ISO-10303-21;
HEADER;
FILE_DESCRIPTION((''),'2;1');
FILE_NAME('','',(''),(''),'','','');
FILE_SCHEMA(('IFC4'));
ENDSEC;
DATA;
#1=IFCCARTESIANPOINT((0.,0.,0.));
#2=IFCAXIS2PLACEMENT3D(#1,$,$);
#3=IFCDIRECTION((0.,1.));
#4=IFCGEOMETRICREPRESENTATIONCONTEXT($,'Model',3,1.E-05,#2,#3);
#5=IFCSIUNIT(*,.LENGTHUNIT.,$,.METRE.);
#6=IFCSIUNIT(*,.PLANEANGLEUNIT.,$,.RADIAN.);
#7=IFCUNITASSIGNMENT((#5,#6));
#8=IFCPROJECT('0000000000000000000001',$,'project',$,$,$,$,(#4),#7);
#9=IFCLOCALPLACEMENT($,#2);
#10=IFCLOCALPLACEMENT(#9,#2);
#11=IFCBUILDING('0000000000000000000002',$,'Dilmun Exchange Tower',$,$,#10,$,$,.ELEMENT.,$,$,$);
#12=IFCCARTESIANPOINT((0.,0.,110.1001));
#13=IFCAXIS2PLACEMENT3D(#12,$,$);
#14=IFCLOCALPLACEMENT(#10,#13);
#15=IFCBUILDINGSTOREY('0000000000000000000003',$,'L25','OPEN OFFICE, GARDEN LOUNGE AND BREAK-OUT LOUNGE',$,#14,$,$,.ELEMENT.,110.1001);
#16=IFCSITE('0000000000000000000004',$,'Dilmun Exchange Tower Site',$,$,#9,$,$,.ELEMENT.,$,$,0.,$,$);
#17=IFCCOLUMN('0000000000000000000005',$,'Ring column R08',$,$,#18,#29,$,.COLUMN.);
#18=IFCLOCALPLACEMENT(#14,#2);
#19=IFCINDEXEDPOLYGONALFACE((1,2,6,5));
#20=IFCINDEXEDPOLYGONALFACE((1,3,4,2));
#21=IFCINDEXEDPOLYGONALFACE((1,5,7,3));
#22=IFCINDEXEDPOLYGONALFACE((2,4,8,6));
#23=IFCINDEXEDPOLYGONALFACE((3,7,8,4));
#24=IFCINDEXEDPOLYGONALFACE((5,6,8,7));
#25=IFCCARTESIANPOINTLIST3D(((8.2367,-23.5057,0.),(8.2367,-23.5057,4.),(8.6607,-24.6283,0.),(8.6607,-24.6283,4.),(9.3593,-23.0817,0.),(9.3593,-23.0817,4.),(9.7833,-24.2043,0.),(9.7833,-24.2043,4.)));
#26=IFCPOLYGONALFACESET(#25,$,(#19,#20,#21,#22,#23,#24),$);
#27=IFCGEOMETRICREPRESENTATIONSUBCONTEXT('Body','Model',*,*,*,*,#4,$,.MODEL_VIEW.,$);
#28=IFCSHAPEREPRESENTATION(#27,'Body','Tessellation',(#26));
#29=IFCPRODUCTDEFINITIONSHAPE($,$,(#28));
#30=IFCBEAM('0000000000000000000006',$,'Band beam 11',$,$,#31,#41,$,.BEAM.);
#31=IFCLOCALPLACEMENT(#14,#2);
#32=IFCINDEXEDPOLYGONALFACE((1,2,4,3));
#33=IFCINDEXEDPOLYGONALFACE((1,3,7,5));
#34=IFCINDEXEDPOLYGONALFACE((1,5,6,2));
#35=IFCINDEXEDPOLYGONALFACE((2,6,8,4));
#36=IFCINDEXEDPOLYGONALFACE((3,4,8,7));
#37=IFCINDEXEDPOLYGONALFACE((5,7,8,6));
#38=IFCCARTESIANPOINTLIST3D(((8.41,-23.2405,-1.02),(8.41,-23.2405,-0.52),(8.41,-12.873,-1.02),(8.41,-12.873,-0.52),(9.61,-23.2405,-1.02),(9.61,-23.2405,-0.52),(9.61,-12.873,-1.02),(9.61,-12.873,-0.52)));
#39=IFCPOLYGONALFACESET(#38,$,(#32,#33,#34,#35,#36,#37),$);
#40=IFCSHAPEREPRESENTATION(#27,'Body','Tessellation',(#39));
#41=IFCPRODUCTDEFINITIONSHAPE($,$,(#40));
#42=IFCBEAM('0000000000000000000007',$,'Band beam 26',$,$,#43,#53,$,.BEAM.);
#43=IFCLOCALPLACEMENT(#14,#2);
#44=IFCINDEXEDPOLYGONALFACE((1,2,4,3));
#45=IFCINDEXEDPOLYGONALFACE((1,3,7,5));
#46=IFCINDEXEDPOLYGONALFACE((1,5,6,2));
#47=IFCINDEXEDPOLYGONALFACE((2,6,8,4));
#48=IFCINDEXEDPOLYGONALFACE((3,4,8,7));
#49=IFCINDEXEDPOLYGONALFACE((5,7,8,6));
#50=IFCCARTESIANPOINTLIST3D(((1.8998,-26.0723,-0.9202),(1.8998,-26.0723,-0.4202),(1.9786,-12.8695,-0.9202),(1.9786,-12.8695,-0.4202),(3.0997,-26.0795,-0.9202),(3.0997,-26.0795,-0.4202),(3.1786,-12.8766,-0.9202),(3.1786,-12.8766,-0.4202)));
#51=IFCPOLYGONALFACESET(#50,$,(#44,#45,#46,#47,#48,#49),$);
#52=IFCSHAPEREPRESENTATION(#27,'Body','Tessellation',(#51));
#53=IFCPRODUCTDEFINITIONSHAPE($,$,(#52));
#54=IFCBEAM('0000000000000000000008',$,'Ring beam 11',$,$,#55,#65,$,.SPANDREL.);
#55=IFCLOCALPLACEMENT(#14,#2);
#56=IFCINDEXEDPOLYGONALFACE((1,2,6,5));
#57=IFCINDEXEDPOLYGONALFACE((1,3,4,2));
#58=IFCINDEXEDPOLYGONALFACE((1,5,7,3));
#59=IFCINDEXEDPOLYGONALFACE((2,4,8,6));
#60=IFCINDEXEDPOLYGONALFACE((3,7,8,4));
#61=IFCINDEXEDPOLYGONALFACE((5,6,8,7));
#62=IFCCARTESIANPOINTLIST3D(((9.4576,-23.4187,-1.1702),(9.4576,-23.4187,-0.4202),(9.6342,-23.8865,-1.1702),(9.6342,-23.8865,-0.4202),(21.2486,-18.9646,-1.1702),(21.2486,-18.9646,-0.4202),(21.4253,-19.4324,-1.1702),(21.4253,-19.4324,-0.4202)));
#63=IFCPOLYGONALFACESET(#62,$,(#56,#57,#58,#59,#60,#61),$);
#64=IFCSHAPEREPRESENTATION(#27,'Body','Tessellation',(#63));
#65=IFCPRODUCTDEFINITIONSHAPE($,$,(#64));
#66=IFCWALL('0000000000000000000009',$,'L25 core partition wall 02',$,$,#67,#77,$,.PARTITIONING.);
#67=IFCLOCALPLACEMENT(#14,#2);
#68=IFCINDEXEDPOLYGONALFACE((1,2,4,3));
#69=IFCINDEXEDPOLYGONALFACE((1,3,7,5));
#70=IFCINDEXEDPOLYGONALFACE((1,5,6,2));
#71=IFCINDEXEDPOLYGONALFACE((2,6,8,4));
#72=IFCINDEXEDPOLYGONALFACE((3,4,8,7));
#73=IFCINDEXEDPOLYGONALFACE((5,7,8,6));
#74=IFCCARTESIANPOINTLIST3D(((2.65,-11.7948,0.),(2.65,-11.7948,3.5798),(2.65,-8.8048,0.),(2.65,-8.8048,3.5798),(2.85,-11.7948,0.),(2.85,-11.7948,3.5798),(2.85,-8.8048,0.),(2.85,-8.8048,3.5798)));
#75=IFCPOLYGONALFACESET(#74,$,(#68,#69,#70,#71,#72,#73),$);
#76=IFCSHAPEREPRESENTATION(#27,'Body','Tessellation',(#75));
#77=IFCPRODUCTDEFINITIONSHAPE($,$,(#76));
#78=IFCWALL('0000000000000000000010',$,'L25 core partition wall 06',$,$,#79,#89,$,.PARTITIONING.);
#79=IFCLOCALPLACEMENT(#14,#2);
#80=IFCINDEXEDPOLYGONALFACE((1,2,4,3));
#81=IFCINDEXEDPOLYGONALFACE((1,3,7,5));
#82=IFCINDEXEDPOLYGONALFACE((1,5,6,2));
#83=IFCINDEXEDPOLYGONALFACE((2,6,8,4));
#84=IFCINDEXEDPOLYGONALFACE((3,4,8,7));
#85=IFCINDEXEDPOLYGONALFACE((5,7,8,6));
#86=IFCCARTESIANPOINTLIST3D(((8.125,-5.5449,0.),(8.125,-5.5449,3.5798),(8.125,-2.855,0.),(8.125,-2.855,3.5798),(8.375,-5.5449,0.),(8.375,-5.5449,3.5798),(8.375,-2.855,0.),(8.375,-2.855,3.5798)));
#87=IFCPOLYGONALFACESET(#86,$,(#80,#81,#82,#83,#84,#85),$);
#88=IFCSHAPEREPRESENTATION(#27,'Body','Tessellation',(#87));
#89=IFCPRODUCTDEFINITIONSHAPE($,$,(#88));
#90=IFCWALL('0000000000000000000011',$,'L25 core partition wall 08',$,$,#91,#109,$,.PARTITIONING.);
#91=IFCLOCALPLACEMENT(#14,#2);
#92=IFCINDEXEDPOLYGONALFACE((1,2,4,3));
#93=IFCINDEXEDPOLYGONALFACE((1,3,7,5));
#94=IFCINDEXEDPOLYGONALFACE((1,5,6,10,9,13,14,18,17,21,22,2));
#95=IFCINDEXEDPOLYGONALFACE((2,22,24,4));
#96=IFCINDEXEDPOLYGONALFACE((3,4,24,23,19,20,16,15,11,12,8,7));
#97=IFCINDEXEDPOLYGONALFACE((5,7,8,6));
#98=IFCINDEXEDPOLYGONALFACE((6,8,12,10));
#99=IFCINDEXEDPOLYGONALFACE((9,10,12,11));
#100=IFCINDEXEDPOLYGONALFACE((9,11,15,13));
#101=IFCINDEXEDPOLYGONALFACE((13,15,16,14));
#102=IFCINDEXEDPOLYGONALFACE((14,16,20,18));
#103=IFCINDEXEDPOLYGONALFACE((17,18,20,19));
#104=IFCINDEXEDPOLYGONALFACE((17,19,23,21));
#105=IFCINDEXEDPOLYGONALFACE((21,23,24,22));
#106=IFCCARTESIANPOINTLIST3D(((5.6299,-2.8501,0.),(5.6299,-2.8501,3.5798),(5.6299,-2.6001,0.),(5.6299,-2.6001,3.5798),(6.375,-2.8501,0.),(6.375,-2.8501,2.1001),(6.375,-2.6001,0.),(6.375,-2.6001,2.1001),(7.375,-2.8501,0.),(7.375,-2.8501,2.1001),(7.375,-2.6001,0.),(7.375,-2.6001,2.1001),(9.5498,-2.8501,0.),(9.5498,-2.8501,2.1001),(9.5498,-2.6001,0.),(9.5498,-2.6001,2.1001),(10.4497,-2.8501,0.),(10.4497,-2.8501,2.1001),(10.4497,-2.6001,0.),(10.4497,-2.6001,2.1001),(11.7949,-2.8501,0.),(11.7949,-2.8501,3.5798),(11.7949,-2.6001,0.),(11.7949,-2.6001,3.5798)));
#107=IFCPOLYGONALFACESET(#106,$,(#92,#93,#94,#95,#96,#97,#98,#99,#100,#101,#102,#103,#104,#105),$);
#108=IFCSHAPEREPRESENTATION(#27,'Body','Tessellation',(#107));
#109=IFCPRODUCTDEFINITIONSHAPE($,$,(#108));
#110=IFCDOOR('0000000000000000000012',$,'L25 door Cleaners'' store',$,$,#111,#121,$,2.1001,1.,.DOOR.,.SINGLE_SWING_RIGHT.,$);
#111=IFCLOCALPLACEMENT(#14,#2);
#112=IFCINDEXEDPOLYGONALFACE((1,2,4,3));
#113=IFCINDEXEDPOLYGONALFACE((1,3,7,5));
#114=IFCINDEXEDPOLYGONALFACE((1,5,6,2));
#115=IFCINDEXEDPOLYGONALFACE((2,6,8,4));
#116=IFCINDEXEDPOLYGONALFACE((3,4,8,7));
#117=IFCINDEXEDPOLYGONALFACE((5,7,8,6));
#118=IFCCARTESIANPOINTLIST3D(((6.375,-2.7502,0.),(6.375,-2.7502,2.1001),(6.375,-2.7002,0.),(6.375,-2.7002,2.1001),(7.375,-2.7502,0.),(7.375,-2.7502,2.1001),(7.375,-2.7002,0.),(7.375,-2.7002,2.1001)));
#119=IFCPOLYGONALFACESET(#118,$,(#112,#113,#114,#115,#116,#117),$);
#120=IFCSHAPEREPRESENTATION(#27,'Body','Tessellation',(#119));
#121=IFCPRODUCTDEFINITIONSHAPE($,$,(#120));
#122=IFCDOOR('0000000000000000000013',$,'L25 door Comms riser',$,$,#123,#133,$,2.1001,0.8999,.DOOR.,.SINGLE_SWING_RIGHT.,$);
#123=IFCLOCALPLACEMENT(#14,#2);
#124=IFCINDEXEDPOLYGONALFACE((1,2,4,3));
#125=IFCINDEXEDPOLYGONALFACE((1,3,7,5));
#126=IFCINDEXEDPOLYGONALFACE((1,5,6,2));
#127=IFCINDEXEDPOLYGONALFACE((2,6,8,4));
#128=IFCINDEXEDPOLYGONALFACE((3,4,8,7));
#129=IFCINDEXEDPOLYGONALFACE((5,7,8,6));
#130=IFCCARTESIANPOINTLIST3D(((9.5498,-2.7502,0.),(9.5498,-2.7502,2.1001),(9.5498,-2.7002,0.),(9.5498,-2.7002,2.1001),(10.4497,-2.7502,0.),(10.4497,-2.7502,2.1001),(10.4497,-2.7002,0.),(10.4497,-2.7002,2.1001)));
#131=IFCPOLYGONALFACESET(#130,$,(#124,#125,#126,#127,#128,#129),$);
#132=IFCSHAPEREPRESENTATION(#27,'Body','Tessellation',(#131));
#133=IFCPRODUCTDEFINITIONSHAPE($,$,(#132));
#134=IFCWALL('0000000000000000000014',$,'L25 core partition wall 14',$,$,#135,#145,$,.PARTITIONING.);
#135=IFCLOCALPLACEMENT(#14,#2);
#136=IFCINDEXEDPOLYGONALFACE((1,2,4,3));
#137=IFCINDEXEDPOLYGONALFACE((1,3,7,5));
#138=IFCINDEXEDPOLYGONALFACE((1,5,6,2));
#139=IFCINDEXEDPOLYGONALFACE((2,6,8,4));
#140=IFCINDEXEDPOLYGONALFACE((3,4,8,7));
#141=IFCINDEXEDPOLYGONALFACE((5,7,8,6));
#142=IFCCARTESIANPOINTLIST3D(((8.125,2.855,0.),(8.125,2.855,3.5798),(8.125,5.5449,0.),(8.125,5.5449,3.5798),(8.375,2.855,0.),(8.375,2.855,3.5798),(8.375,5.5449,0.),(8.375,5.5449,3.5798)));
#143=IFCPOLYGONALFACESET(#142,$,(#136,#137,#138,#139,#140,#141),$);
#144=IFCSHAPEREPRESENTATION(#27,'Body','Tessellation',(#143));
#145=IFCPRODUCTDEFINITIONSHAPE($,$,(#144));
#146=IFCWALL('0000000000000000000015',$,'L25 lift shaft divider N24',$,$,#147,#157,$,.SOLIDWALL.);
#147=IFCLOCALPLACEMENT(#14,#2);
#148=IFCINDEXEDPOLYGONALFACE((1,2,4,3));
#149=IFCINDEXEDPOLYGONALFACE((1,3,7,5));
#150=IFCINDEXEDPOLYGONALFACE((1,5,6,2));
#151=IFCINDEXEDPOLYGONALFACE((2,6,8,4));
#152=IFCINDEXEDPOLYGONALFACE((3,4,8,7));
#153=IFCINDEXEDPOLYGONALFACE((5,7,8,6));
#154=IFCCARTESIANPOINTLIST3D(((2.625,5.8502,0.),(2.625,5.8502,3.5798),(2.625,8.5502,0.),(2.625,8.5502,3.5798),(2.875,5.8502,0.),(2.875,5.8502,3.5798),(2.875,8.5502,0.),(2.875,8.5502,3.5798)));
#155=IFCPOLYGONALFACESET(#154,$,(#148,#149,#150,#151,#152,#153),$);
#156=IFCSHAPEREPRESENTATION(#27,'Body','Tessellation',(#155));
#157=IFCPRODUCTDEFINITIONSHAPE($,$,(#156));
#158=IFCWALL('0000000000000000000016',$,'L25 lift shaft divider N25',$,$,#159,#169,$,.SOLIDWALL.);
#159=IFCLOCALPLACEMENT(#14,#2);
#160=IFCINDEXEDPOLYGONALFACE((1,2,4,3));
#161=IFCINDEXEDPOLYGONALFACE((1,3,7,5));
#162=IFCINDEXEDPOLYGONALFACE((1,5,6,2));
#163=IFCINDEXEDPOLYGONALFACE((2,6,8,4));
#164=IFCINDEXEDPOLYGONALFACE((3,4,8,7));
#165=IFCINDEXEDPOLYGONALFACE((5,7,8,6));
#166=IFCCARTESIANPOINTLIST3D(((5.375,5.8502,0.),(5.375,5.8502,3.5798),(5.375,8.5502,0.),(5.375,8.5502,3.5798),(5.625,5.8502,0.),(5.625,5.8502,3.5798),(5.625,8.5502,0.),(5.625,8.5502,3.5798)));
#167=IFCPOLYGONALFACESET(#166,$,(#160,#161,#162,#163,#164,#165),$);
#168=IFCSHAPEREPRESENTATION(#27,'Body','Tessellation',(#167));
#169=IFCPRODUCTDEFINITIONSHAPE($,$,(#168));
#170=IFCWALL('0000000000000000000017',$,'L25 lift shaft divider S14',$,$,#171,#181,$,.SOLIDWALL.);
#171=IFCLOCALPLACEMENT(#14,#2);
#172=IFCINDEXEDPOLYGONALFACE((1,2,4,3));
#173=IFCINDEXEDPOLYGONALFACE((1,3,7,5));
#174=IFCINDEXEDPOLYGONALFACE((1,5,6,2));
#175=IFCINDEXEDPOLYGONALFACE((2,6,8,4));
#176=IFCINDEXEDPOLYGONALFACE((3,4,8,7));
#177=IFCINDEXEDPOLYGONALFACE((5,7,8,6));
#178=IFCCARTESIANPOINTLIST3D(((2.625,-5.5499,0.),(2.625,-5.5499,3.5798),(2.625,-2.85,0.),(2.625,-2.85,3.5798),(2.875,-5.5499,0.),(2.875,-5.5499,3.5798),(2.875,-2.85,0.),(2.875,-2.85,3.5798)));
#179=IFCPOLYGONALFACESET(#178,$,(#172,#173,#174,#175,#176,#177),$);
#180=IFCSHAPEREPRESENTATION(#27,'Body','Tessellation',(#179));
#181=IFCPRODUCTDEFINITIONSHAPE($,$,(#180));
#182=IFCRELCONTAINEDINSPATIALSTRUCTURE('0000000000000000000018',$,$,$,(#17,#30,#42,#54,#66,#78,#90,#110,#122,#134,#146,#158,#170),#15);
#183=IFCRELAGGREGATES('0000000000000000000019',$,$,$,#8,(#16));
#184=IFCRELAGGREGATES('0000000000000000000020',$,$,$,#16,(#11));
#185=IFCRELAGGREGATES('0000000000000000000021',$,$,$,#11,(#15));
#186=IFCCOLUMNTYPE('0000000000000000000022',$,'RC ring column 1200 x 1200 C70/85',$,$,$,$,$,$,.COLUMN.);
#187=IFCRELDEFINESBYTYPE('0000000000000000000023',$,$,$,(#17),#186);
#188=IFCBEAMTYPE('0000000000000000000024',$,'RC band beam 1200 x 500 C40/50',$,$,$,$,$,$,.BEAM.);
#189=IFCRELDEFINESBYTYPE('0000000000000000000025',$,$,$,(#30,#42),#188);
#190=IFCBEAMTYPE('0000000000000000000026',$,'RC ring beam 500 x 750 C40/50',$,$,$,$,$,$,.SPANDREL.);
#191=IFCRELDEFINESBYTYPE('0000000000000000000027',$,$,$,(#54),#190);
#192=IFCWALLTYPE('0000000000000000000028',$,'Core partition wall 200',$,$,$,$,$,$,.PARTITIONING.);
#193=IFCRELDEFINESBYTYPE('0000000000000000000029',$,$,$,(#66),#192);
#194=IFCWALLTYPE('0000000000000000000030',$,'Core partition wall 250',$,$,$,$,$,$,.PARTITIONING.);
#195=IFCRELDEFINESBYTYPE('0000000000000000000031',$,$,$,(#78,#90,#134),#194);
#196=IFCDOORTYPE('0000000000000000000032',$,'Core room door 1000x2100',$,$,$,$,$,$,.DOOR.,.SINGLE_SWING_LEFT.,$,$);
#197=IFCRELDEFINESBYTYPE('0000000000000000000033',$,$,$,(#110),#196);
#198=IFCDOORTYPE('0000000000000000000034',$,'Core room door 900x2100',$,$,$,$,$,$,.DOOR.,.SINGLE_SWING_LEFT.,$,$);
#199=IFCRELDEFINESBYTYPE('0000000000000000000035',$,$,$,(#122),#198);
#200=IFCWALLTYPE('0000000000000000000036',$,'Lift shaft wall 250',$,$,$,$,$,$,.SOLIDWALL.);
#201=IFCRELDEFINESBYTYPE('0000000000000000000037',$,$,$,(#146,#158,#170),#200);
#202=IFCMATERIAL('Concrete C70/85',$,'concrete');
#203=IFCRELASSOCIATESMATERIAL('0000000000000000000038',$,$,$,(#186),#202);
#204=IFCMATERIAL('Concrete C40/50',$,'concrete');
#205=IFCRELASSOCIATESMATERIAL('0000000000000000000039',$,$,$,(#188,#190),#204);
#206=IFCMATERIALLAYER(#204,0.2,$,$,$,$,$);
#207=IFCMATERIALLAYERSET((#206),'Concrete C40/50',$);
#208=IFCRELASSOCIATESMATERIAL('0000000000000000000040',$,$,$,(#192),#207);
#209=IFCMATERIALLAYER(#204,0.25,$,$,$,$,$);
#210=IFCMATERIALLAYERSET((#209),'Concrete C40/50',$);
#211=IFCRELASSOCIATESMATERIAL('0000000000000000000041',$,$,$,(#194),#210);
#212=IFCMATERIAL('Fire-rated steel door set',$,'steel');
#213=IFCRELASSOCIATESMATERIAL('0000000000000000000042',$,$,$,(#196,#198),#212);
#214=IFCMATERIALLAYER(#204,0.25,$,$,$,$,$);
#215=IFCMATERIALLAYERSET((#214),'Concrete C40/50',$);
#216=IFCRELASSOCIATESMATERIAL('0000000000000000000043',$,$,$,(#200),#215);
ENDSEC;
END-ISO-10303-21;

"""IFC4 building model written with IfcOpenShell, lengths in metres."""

from ifc_helpers import new_model, si_unit, direction, frame, frame_2d, origin, origin_2d, place, context, subcontext, project, spatial, rectangle, extrude, material, layer, layer_set, material_profile, profile_set, type_object, element, fill, save


model = new_model("IFC4")

# Units and contexts
model_context = context("Model", 3, precision=1e-05, world=origin(), true_north=direction((0.0, 1.0)))
body_context = subcontext(model_context, "Body", "Model", "MODEL_VIEW")
ifc_project = project(units=[si_unit("LENGTHUNIT", "METRE"), si_unit("PLANEANGLEUNIT", "RADIAN")], contexts=[model_context])

# Site, building, storey
site_placement = place(None, origin())
site = spatial("IfcSite", under=ifc_project, at=site_placement, Name="Dilmun Exchange Tower Site", CompositionType="ELEMENT", RefElevation=0.0)
building_placement = place(site_placement, origin())
building = spatial("IfcBuilding", under=site, at=building_placement, Name="Dilmun Exchange Tower", CompositionType="ELEMENT")
storey_placement = place(building_placement, frame((0.0, 0.0, 110.1001)))
storey = spatial("IfcBuildingStorey", under=building, at=storey_placement, Name="L25", Description="OPEN OFFICE, GARDEN LOUNGE AND BREAK-OUT LOUNGE", CompositionType="ELEMENT", Elevation=110.1001)

# Column
ifc_material_1 = material(Name="Concrete C70/85", Category="concrete")
ifc_material_profile_1 = material_profile(ifc_material_1, rectangle(XDim=1.2, YDim=1.2, at=origin_2d()), Name="1200 x 1200")
ifc_profile_set_1 = profile_set([ifc_material_profile_1], Name="Concrete C70/85")
column_type = type_object("IfcColumnType", Name="RC ring column 1200 x 1200 C70/85", PredefinedType="COLUMN", material=ifc_profile_set_1)
column_placement = place(storey_placement, frame((9.01, -23.855, 0.0), z_axis=(0.0, 0.0, 1.0), x_axis=(0.935492, 0.353349, 0.0)))
element("IfcColumn", 1, at=column_placement, inside=storey, type_object=column_type, Name="Ring column R08", PredefinedType="COLUMN", context=body_context, shape_type="SweptSolid", body=[
    extrude(rectangle(XDim=1.2, YDim=1.2, at=origin_2d()), origin(), (0.0, 0.0, 1.0), 4.0),
])

# Beams
ifc_material_2 = material(Name="Concrete C40/50", Category="concrete")
ifc_material_profile_2 = material_profile(ifc_material_2, rectangle(XDim=1.2, YDim=0.5, at=origin_2d()), Name="1200 x 500")
ifc_profile_set_2 = profile_set([ifc_material_profile_2], Name="Concrete C40/50")
beam_type_1 = type_object("IfcBeamType", Name="RC band beam 1200 x 500 C40/50", PredefinedType="BEAM", material=ifc_profile_set_2)
beam_1_placement = place(storey_placement, frame((9.01, -23.2405, -0.77), z_axis=(0.0, 1.0, 0.0), x_axis=(-1.0, 0.0, 0.0)))
element("IfcBeam", 2, at=beam_1_placement, inside=storey, type_object=beam_type_1, Name="Band beam 11", PredefinedType="BEAM", context=body_context, shape_type="SweptSolid", body=[
    extrude(rectangle(XDim=1.2, YDim=0.5, at=origin_2d()), origin(), (0.0, 0.0, 1.0), 10.3674),
])
beam_2_placement = place(storey_placement, frame((2.4998, -26.0759, -0.6702), z_axis=(0.005973, 0.999982, 0.0), x_axis=(-0.999982, 0.005973, 0.0)))
element("IfcBeam", 3, at=beam_2_placement, inside=storey, type_object=beam_type_1, Name="Band beam 26", PredefinedType="BEAM", context=body_context, shape_type="SweptSolid", body=[
    extrude(rectangle(XDim=1.2, YDim=0.5, at=origin_2d()), origin(), (0.0, 0.0, 1.0), 13.2031),
])
ifc_material_profile_3 = material_profile(ifc_material_2, rectangle(XDim=0.5, YDim=0.75, at=origin_2d()), Name="500 x 750")
ifc_profile_set_3 = profile_set([ifc_material_profile_3], Name="Concrete C40/50")
beam_type_2 = type_object("IfcBeamType", Name="RC ring beam 500 x 750 C40/50", PredefinedType="SPANDREL", material=ifc_profile_set_3)
beam_3_placement = place(storey_placement, frame((9.5459, -23.6526, -0.7952), z_axis=(0.935479, 0.353381, 0.0), x_axis=(-0.353381, 0.935479, 0.0)))
element("IfcBeam", 4, at=beam_3_placement, inside=storey, type_object=beam_type_2, Name="Ring beam 11", PredefinedType="SPANDREL", context=body_context, shape_type="SweptSolid", body=[
    extrude(rectangle(XDim=0.5, YDim=0.75, at=origin_2d()), origin(), (0.0, 0.0, 1.0), 12.6042),
])

# Wall
ifc_layer_1 = layer(ifc_material_2, 0.2)
ifc_layer_set_1 = layer_set([ifc_layer_1], Name="Concrete C40/50")
wall_type_1 = type_object("IfcWallType", Name="Core partition wall 200", PredefinedType="PARTITIONING", material=ifc_layer_set_1)
wall_1_placement = place(storey_placement, frame((2.75, -11.7949, 0.0), z_axis=(0.0, 0.0, 1.0), x_axis=(0.0, 1.0, 0.0)))
element("IfcWall", 5, at=wall_1_placement, inside=storey, type_object=wall_type_1, Name="L25 core partition wall 02", PredefinedType="PARTITIONING", context=body_context, shape_type="SweptSolid", body=[
    extrude(rectangle(XDim=2.99, YDim=0.2, at=frame_2d((1.4951, 0.0))), origin(), (0.0, 0.0, 1.0), 3.5798),
])

# Shared definitions
ifc_material_3 = material(Name="Fire-rated steel door set", Category="steel")

# Wall
ifc_layer_2 = layer(ifc_material_2, 0.25)
ifc_layer_set_2 = layer_set([ifc_layer_2], Name="Concrete C40/50")
wall_type_2 = type_object("IfcWallType", Name="Core partition wall 250", PredefinedType="PARTITIONING", material=ifc_layer_set_2)
wall_2_placement = place(storey_placement, frame((8.25, -5.5449, 0.0), z_axis=(0.0, 0.0, 1.0), x_axis=(0.0, 1.0, 0.0)))
element("IfcWall", 6, at=wall_2_placement, inside=storey, type_object=wall_type_2, Name="L25 core partition wall 06", PredefinedType="PARTITIONING", context=body_context, shape_type="SweptSolid", body=[
    extrude(rectangle(XDim=2.6899, YDim=0.25, at=frame_2d((1.345, 0.0))), origin(), (0.0, 0.0, 1.0), 3.5798),
])

# Wall, openings, doors
wall_3_placement = place(storey_placement, frame((5.6299, -2.7251, 0.0), z_axis=(0.0, 0.0, 1.0), x_axis=(1.0, 0.0, 0.0)))
wall_3 = element("IfcWall", 7, at=wall_3_placement, inside=storey, type_object=wall_type_2, Name="L25 core partition wall 08", PredefinedType="PARTITIONING", context=body_context, shape_type="SweptSolid", body=[
    extrude(rectangle(XDim=6.165, YDim=0.25, at=frame_2d((3.0825, 0.0))), origin(), (0.0, 0.0, 1.0), 3.5798),
])
opening_1_placement = place(wall_3_placement, frame((0.7451, 0.0, 0.0)))
opening_1 = element("IfcOpeningElement", 8, at=opening_1_placement, cuts=wall_3, PredefinedType="OPENING", context=body_context, shape_type="SweptSolid", body=[
    extrude(rectangle(XDim=1.0, YDim=2.1001, at=frame_2d((0.5, 1.05))), frame((0.0, 0.135, 0.0), z_axis=(0.0, -1.0, 0.0), x_axis=(1.0, 0.0, 0.0)), (0.0, 0.0, 1.0), 0.27),
])
opening_2_placement = place(wall_3_placement, frame((3.9199, 0.0, 0.0)))
opening_2 = element("IfcOpeningElement", 9, at=opening_2_placement, cuts=wall_3, PredefinedType="OPENING", context=body_context, shape_type="SweptSolid", body=[
    extrude(rectangle(XDim=0.8999, YDim=2.1001, at=frame_2d((0.45, 1.05))), frame((0.0, 0.135, 0.0), z_axis=(0.0, -1.0, 0.0), x_axis=(1.0, 0.0, 0.0)), (0.0, 0.0, 1.0), 0.27),
])
door_type_1 = type_object("IfcDoorType", Name="Core room door 1000x2100", OperationType="SINGLE_SWING_LEFT", PredefinedType="DOOR", material=ifc_material_3)
door_1_placement = place(opening_1_placement, origin())
door_1 = element("IfcDoor", 10, at=door_1_placement, inside=storey, type_object=door_type_1, Name="L25 door Cleaners' store", OperationType="SINGLE_SWING_RIGHT", OverallHeight=2.1001, OverallWidth=1.0, PredefinedType="DOOR", context=body_context, shape_type="SweptSolid", body=[
    extrude(rectangle(XDim=1.0, YDim=2.1001, at=frame_2d((0.5, 1.05))), frame((0.0, 0.0249, 0.0), z_axis=(0.0, -1.0, 0.0), x_axis=(1.0, 0.0, 0.0)), (0.0, 0.0, 1.0), 0.05),
])
fill(opening_1, door_1)
door_type_2 = type_object("IfcDoorType", Name="Core room door 900x2100", OperationType="SINGLE_SWING_LEFT", PredefinedType="DOOR", material=ifc_material_3)
door_2_placement = place(opening_2_placement, origin())
door_2 = element("IfcDoor", 11, at=door_2_placement, inside=storey, type_object=door_type_2, Name="L25 door Comms riser", OperationType="SINGLE_SWING_RIGHT", OverallHeight=2.1001, OverallWidth=0.8999, PredefinedType="DOOR", context=body_context, shape_type="SweptSolid", body=[
    extrude(rectangle(XDim=0.8999, YDim=2.1001, at=frame_2d((0.45, 1.05))), frame((0.0, 0.0249, 0.0), z_axis=(0.0, -1.0, 0.0), x_axis=(1.0, 0.0, 0.0)), (0.0, 0.0, 1.0), 0.05),
])
fill(opening_2, door_2)

# Walls
wall_4_placement = place(storey_placement, frame((8.25, 2.855, 0.0), z_axis=(0.0, 0.0, 1.0), x_axis=(0.0, 1.0, 0.0)))
element("IfcWall", 12, at=wall_4_placement, inside=storey, type_object=wall_type_2, Name="L25 core partition wall 14", PredefinedType="PARTITIONING", context=body_context, shape_type="SweptSolid", body=[
    extrude(rectangle(XDim=2.6899, YDim=0.25, at=frame_2d((1.345, 0.0))), origin(), (0.0, 0.0, 1.0), 3.5798),
])
ifc_layer_3 = layer(ifc_material_2, 0.25)
ifc_layer_set_3 = layer_set([ifc_layer_3], Name="Concrete C40/50")
wall_type_3 = type_object("IfcWallType", Name="Lift shaft wall 250", PredefinedType="SOLIDWALL", material=ifc_layer_set_3)
for number, where, z_axis, x_axis, name in (
    (13, (2.75, 5.8501, 0.0), (0.0, 0.0, 1.0), (0.0, 1.0, 0.0), "L25 lift shaft divider N24"),
    (14, (5.5, 5.8501, 0.0), (0.0, 0.0, 1.0), (0.0, 1.0, 0.0), "L25 lift shaft divider N25"),
    (15, (2.75, -5.55, 0.0), (0.0, 0.0, 1.0), (0.0, 1.0, 0.0), "L25 lift shaft divider S14"),
):
    element("IfcWall", number, at=place(storey_placement, frame(where, z_axis=z_axis, x_axis=x_axis)), inside=storey, type_object=wall_type_3, Name=name, PredefinedType="SOLIDWALL", context=body_context, shape_type="SweptSolid", body=[
        extrude(rectangle(XDim=2.7, YDim=0.25, at=frame_2d((1.3501, 0.0))), origin(), (0.0, 0.0, 1.0), 3.5798),
    ])

save(model, "model.ifc")
